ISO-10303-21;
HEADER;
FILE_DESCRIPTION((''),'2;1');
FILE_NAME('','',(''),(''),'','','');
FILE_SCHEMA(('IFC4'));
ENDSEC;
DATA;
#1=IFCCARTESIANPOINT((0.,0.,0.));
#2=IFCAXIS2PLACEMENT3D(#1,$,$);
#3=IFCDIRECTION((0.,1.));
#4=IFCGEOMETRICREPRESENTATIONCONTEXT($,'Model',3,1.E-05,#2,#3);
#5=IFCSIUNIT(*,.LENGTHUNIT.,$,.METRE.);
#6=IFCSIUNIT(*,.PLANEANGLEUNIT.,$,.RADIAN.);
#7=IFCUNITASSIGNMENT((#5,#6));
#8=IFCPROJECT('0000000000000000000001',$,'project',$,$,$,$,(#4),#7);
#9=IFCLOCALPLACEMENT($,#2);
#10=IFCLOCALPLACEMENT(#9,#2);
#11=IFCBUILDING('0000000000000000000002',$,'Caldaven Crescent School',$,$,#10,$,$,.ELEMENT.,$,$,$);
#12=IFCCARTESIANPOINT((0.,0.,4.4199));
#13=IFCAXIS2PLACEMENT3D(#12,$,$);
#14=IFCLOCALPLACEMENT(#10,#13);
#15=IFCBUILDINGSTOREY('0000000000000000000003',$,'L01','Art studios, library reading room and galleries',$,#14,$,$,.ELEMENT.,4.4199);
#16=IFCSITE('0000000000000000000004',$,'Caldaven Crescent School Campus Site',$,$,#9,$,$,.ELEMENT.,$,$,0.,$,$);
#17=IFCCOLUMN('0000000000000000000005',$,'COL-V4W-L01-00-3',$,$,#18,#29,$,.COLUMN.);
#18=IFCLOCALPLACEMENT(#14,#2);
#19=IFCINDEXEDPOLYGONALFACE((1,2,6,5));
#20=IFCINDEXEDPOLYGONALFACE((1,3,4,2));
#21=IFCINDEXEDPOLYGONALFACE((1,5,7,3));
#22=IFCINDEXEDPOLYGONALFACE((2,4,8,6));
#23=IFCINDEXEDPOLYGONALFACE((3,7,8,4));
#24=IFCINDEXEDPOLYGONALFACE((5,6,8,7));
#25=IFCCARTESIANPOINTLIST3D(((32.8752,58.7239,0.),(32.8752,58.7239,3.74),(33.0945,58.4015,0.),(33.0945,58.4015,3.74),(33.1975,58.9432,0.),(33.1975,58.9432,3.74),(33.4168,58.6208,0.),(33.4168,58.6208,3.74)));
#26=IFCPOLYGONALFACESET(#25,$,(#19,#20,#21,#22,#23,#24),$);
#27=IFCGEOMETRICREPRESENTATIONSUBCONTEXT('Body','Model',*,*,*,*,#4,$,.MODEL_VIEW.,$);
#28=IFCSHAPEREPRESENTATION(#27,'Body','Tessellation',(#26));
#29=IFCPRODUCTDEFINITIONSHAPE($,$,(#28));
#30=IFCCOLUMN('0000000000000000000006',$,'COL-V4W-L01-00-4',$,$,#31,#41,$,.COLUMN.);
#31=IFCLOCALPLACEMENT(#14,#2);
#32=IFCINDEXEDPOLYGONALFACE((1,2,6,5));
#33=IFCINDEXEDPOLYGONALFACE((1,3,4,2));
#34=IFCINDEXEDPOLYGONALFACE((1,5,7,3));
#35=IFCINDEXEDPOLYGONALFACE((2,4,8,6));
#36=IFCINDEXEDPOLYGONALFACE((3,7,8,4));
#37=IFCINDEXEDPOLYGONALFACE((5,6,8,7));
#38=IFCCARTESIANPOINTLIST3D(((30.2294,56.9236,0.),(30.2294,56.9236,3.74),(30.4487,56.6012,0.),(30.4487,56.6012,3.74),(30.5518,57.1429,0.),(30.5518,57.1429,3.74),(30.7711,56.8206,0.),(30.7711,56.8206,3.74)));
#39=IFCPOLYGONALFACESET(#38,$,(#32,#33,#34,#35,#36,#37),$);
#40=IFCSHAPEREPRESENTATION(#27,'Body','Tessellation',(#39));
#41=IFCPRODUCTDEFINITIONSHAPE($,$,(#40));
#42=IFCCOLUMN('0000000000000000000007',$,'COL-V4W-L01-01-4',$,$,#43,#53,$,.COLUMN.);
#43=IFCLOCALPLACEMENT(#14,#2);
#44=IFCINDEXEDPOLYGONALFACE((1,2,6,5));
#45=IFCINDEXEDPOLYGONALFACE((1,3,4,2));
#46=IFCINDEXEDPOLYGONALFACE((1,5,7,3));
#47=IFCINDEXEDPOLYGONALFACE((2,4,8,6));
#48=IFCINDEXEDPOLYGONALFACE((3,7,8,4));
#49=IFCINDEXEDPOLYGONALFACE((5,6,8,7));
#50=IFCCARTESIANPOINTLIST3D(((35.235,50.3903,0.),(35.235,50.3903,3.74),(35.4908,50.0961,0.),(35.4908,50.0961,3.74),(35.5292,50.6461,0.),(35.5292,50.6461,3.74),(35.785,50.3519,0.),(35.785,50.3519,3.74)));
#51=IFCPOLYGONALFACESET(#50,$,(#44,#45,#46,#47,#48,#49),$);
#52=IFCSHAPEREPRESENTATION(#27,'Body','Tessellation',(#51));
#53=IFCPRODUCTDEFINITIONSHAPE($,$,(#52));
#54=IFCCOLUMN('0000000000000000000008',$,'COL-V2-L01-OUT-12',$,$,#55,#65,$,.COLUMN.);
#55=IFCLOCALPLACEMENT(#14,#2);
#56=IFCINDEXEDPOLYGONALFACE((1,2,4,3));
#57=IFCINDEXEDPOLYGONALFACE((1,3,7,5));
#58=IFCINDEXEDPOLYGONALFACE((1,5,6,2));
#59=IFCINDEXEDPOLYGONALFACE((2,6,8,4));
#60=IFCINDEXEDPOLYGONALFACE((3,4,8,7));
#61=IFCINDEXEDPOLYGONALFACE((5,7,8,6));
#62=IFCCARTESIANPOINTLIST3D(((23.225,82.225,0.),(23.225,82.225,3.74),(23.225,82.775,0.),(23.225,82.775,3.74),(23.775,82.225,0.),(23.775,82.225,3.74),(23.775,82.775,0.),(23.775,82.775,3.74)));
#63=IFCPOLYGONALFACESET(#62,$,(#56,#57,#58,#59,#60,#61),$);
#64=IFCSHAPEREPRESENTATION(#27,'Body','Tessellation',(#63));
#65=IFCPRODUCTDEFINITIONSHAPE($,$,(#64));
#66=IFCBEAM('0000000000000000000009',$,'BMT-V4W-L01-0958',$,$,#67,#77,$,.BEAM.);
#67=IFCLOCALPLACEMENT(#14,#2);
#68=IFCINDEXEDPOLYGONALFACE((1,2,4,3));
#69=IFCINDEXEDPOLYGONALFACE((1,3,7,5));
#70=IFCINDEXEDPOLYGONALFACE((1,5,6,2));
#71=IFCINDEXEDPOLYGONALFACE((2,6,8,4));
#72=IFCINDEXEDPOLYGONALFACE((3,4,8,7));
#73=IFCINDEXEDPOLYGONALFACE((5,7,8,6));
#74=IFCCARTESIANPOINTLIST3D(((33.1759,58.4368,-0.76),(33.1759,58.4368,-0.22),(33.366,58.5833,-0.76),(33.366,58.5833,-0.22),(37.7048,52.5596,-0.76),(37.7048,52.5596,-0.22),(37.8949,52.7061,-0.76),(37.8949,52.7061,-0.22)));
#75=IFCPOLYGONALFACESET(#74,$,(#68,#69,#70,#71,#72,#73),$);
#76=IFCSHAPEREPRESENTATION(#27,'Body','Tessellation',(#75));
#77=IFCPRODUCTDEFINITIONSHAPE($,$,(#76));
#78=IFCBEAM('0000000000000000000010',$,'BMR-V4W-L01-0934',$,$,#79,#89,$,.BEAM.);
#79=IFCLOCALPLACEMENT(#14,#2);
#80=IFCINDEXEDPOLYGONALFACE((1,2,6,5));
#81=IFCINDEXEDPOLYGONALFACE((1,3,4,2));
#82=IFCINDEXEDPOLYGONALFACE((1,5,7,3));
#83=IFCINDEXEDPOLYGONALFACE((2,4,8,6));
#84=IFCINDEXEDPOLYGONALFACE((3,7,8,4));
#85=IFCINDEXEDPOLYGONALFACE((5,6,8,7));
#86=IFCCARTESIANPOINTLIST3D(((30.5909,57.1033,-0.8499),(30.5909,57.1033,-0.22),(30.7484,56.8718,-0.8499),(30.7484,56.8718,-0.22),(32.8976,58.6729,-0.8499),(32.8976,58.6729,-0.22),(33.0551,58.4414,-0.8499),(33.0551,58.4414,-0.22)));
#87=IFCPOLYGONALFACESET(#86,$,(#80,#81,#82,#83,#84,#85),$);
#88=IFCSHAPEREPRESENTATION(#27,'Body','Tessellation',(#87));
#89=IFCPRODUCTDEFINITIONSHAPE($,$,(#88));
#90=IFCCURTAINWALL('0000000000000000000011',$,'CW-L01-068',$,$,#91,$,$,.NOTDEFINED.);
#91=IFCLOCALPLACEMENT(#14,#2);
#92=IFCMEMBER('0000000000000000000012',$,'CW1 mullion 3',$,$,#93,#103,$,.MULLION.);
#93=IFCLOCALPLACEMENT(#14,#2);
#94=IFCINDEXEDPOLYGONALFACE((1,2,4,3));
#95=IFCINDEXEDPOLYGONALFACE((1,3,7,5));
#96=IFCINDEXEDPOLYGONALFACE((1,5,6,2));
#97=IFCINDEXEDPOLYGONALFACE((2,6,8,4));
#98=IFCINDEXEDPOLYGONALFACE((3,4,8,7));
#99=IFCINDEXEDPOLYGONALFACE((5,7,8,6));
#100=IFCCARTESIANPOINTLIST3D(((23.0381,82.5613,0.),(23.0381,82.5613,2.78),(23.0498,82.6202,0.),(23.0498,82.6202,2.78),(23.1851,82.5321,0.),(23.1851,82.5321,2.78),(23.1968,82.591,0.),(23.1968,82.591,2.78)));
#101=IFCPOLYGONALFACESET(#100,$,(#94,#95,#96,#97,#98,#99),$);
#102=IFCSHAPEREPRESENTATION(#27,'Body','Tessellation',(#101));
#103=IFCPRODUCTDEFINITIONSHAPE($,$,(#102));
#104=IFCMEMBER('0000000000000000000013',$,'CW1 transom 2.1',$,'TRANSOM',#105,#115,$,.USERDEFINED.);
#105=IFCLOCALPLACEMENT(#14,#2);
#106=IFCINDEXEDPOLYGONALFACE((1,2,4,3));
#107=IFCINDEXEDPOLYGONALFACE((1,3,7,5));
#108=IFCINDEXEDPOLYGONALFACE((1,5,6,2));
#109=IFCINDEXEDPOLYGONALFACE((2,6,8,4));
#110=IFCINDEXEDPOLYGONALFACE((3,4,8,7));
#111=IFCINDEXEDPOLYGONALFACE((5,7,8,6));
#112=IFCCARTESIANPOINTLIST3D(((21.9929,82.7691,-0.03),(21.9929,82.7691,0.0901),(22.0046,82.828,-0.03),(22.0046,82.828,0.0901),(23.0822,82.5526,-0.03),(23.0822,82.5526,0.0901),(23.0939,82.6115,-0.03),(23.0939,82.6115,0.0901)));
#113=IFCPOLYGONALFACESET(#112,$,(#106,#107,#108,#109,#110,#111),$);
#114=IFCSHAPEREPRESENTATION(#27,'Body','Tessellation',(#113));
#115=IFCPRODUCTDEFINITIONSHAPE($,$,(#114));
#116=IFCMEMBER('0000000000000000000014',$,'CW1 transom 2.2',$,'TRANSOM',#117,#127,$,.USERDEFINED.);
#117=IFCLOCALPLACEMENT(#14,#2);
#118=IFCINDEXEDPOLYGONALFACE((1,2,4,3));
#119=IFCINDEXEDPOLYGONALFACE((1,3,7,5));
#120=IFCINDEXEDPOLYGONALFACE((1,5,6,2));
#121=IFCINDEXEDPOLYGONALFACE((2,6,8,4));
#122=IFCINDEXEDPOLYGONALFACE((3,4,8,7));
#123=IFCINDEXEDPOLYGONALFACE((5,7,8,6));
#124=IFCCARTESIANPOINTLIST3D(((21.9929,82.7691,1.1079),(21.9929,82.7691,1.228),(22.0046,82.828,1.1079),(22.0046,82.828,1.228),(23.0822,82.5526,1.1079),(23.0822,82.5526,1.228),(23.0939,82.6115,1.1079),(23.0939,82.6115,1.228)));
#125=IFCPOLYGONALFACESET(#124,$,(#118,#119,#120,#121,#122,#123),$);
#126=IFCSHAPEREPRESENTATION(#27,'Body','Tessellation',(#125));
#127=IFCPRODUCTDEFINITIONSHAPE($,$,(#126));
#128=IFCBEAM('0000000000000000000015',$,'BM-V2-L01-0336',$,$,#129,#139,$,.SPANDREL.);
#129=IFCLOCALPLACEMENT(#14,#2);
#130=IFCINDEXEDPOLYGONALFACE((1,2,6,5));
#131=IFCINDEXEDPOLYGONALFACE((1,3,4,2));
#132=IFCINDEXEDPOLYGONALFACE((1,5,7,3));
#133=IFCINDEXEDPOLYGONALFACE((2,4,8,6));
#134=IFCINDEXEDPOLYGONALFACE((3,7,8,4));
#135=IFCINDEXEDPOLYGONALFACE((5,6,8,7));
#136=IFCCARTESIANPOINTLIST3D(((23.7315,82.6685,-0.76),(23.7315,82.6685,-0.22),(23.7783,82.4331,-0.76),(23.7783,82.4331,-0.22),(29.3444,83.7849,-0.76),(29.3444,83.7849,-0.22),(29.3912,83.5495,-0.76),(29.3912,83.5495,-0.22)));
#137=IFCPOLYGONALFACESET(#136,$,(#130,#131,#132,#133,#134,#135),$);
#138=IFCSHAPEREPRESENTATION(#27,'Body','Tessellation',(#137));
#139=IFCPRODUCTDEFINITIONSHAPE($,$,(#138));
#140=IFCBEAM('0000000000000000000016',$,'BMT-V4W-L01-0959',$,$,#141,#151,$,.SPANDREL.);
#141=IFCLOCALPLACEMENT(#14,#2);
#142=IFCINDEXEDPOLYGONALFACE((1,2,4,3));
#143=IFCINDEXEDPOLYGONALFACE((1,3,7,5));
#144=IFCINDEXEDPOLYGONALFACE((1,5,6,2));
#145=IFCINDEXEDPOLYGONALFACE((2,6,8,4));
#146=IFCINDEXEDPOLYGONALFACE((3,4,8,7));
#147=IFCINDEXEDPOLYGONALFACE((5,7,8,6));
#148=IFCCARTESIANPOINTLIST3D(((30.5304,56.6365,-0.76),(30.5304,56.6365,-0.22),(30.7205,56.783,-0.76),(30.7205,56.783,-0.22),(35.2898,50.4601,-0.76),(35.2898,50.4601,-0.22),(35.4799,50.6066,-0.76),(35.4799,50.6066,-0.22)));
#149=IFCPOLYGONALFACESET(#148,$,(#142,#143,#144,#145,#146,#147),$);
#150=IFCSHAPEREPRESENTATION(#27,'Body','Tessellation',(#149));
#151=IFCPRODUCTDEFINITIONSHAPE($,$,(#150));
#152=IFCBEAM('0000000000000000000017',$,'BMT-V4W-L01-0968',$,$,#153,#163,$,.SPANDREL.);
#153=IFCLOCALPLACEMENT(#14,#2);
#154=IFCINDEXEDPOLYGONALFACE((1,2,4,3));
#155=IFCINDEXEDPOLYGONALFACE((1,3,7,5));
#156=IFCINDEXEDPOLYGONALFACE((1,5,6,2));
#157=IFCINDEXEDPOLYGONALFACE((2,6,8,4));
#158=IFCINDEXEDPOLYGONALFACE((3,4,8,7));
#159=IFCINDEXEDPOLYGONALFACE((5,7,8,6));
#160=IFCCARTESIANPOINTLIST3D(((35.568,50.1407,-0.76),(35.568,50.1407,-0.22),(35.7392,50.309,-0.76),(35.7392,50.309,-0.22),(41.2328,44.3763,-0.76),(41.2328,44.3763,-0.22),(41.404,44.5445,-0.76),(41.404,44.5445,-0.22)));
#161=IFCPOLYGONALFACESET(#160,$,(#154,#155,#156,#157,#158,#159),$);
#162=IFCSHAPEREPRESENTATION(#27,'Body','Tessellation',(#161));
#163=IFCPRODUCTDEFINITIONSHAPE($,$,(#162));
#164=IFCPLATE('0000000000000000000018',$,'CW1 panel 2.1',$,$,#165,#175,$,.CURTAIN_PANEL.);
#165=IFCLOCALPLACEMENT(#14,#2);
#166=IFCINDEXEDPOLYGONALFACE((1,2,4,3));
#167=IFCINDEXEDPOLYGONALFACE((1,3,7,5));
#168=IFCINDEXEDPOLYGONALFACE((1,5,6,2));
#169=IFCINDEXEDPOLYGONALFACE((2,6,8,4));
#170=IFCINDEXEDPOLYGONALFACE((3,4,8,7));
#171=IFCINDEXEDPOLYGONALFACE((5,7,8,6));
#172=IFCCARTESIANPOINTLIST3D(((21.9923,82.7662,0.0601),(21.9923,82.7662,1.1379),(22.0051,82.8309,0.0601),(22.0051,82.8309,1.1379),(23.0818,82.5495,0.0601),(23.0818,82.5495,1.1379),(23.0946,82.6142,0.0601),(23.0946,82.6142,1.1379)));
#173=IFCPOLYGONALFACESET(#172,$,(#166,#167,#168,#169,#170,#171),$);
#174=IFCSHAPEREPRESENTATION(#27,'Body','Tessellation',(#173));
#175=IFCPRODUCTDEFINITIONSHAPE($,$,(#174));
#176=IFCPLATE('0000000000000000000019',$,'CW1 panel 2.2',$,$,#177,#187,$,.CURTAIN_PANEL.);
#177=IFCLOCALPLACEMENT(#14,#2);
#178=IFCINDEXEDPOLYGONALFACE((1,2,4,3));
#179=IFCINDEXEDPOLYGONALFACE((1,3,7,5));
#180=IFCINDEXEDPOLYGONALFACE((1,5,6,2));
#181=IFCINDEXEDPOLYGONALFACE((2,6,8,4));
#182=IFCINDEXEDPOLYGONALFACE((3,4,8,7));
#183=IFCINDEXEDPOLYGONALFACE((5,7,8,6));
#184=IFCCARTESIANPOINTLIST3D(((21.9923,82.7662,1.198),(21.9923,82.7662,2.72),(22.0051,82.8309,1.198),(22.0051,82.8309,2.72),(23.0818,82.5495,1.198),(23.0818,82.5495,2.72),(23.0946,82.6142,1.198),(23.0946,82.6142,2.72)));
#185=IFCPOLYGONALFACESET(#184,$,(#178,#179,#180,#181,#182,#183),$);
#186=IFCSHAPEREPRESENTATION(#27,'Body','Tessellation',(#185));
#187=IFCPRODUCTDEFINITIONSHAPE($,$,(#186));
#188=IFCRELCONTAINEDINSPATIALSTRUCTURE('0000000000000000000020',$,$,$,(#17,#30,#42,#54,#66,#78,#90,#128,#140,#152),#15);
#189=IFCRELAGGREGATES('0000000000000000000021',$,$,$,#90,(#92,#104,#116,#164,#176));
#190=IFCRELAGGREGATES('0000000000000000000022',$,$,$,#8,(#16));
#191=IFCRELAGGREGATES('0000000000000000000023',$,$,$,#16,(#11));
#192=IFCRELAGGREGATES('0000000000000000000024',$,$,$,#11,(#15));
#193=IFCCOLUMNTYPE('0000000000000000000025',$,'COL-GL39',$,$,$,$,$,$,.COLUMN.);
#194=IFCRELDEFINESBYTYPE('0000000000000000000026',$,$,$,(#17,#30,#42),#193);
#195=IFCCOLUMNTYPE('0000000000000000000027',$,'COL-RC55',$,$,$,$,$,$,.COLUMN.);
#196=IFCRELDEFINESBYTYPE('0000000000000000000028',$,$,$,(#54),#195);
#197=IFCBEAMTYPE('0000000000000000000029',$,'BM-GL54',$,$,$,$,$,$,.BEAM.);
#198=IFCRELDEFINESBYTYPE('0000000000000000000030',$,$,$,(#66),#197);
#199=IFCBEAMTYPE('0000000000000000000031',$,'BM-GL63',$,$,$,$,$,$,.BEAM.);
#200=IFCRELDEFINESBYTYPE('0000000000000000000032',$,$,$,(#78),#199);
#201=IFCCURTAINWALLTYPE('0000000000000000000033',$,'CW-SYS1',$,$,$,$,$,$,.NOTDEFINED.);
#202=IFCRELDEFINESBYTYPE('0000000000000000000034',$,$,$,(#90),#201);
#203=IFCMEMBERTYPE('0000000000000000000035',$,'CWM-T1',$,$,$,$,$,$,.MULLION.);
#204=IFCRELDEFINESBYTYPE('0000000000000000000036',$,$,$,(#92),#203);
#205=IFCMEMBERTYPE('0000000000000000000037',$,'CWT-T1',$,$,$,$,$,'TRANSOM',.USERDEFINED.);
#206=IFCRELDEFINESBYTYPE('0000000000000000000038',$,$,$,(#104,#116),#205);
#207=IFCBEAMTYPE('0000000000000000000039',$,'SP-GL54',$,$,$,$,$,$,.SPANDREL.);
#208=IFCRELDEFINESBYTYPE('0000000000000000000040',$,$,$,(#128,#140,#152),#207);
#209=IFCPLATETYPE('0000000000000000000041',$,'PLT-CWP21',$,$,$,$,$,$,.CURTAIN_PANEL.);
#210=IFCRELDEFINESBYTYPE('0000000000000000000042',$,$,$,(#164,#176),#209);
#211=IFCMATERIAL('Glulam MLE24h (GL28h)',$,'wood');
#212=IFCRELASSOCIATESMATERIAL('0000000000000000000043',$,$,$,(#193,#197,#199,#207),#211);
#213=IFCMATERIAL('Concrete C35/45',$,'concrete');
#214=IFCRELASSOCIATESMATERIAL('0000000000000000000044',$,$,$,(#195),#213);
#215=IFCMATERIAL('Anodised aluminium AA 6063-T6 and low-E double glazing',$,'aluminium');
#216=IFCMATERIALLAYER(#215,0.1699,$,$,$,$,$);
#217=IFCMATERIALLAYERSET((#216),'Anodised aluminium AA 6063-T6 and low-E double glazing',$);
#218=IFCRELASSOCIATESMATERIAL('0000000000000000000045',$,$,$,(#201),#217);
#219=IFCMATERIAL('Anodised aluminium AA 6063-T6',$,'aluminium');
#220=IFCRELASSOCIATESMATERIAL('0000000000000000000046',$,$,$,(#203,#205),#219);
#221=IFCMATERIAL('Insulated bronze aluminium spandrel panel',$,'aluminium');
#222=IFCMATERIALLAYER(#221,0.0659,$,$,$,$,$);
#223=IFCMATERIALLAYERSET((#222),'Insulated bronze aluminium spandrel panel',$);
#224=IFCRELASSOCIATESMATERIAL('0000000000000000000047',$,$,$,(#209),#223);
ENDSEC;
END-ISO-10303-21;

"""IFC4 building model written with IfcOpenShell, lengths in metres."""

from ifc_helpers import new_model, si_unit, direction, frame, origin, origin_2d, place, context, subcontext, project, spatial, rectangle, extrude, material, layer, layer_set, material_profile, profile_set, type_object, element, aggregate, save


model = new_model("IFC4")

# Units and contexts
model_context = context("Model", 3, precision=1e-05, world=origin(), true_north=direction((0.0, 1.0)))
body_context = subcontext(model_context, "Body", "Model", "MODEL_VIEW")
ifc_project = project(units=[si_unit("LENGTHUNIT", "METRE"), si_unit("PLANEANGLEUNIT", "RADIAN")], contexts=[model_context])

# Site, building, storey
site_placement = place(None, origin())
site = spatial("IfcSite", under=ifc_project, at=site_placement, Name="Caldaven Crescent School Campus Site", CompositionType="ELEMENT", RefElevation=0.0)
building_placement = place(site_placement, origin())
building = spatial("IfcBuilding", under=site, at=building_placement, Name="Caldaven Crescent School", CompositionType="ELEMENT")
storey_placement = place(building_placement, frame((0.0, 0.0, 4.4199)))
storey = spatial("IfcBuildingStorey", under=building, at=storey_placement, Name="L01", Description="Art studios, library reading room and galleries", CompositionType="ELEMENT", Elevation=4.4199)

# Columns
ifc_material_1 = material(Name="Glulam MLE24h (GL28h)", Category="wood")
ifc_material_profile_1 = material_profile(ifc_material_1, rectangle(XDim=0.3899, YDim=0.3899, at=origin_2d()), Name="MLE 390x390")
ifc_profile_set_1 = profile_set([ifc_material_profile_1], Name="Glulam MLE24h (GL28h)")
column_type_1 = type_object("IfcColumnType", Name="COL-GL39", PredefinedType="COLUMN", material=ifc_profile_set_1)
for number, where, z_axis, x_axis, name in (
    (1, (33.146, 58.6724, 0.0), (0.0, 0.0, 1.0), (-0.826786, -0.562516, 0.0), "COL-V4W-L01-00-3"),
    (2, (30.5002, 56.8721, 0.0), (0.0, 0.0, 1.0), (-0.826786, -0.562516, 0.0), "COL-V4W-L01-00-4"),
    (3, (35.51, 50.3711, 0.0), (0.0, 0.0, 1.0), (-0.75471, -0.656059, 0.0), "COL-V4W-L01-01-4"),
):
    element("IfcColumn", number, at=place(storey_placement, frame(where, z_axis=z_axis, x_axis=x_axis)), inside=storey, type_object=column_type_1, Name=name, PredefinedType="COLUMN", context=body_context, shape_type="SweptSolid", body=[
        extrude(rectangle(XDim=0.3899, YDim=0.3899, at=origin_2d()), origin(), (0.0, 0.0, 1.0), 3.74),
    ])
ifc_material_2 = material(Name="Concrete C35/45", Category="concrete")
ifc_material_profile_2 = material_profile(ifc_material_2, rectangle(XDim=0.55, YDim=0.55, at=origin_2d()), Name="RC 550x550")
ifc_profile_set_2 = profile_set([ifc_material_profile_2], Name="Concrete C35/45")
column_type_2 = type_object("IfcColumnType", Name="COL-RC55", PredefinedType="COLUMN", material=ifc_profile_set_2)
column_placement = place(storey_placement, frame((23.5, 82.5, 0.0), z_axis=(0.0, 0.0, 1.0), x_axis=(0.0, -1.0, 0.0)))
element("IfcColumn", 4, at=column_placement, inside=storey, type_object=column_type_2, Name="COL-V2-L01-OUT-12", PredefinedType="COLUMN", context=body_context, shape_type="SweptSolid", body=[
    extrude(rectangle(XDim=0.55, YDim=0.55, at=origin_2d()), origin(), (0.0, 0.0, 1.0), 3.74),
])

# Beams
ifc_material_profile_3 = material_profile(ifc_material_1, rectangle(XDim=0.24, YDim=0.54, at=origin_2d()), Name="MLE 240x540")
ifc_profile_set_3 = profile_set([ifc_material_profile_3], Name="Glulam MLE24h (GL28h)")
beam_type_1 = type_object("IfcBeamType", Name="BM-GL54", PredefinedType="BEAM", material=ifc_profile_set_3)
beam_1_placement = place(storey_placement, frame((33.271, 58.51, -0.49), z_axis=(0.610378, -0.79211, 0.0), x_axis=(0.79211, 0.610378, 0.0)))
element("IfcBeam", 5, at=beam_1_placement, inside=storey, type_object=beam_type_1, Name="BMT-V4W-L01-0958", PredefinedType="BEAM", context=body_context, shape_type="SweptSolid", body=[
    extrude(rectangle(XDim=0.24, YDim=0.54, at=origin_2d()), origin(), (0.0, 0.0, 1.0), 7.4197),
])
ifc_material_profile_4 = material_profile(ifc_material_1, rectangle(XDim=0.28, YDim=0.6299, at=origin_2d()), Name="MLE 280x630")
ifc_profile_set_4 = profile_set([ifc_material_profile_4], Name="Glulam MLE24h (GL28h)")
beam_type_2 = type_object("IfcBeamType", Name="BM-GL63", PredefinedType="BEAM", material=ifc_profile_set_4)
beam_2_placement = place(storey_placement, frame((32.9763, 58.5571, -0.5349), z_axis=(-0.826749, -0.562571, 0.0), x_axis=(0.562571, -0.826749, 0.0)))
element("IfcBeam", 6, at=beam_2_placement, inside=storey, type_object=beam_type_2, Name="BMR-V4W-L01-0934", PredefinedType="BEAM", context=body_context, shape_type="SweptSolid", body=[
    extrude(rectangle(XDim=0.28, YDim=0.6299, at=origin_2d()), origin(), (0.0, 0.0, 1.0), 2.79),
])

# Curtain wall, members
ifc_material_3 = material(Name="Anodised aluminium AA 6063-T6 and low-E double glazing", Category="aluminium")
ifc_layer_1 = layer(ifc_material_3, 0.1699)
ifc_layer_set_1 = layer_set([ifc_layer_1], Name="Anodised aluminium AA 6063-T6 and low-E double glazing")
curtain_wall_type = type_object("IfcCurtainWallType", Name="CW-SYS1", PredefinedType="NOTDEFINED", material=ifc_layer_set_1)
curtain_wall_placement = place(storey_placement, origin())
curtain_wall = element("IfcCurtainWall", 7, at=curtain_wall_placement, inside=storey, type_object=curtain_wall_type, Name="CW-L01-068", PredefinedType="NOTDEFINED")
ifc_material_4 = material(Name="Anodised aluminium AA 6063-T6", Category="aluminium")
ifc_material_profile_5 = material_profile(ifc_material_4, rectangle(XDim=0.0601, YDim=0.1499, at=origin_2d()), Name="CWM 60x150")
ifc_profile_set_5 = profile_set([ifc_material_profile_5], Name="Anodised aluminium AA 6063-T6")
member_type_1 = type_object("IfcMemberType", Name="CWM-T1", PredefinedType="MULLION", material=ifc_profile_set_5)
member_1_placement = place(storey_placement, frame((23.1174, 82.5762, 0.0), z_axis=(0.0, 0.0, 1.0), x_axis=(0.195091, 0.980785, 0.0)))
member_1 = element("IfcMember", 8, at=member_1_placement, type_object=member_type_1, Name="CW1 mullion 3", PredefinedType="MULLION", context=body_context, shape_type="SweptSolid", body=[
    extrude(rectangle(XDim=0.0601, YDim=0.1499, at=origin_2d()), origin(), (0.0, 0.0, 1.0), 2.78),
])
ifc_material_profile_6 = material_profile(ifc_material_4, rectangle(XDim=0.0601, YDim=0.1201, at=origin_2d()), Name="CWT 60x120")
ifc_profile_set_6 = profile_set([ifc_material_profile_6], Name="Anodised aluminium AA 6063-T6")
member_type_2 = type_object("IfcMemberType", Name="CWT-T1", ElementType="TRANSOM", PredefinedType="USERDEFINED", material=ifc_profile_set_6)
member_2_placement = place(storey_placement, frame((21.9988, 82.7986, 0.03), z_axis=(0.980808, -0.194975, 0.0), x_axis=(0.194975, 0.980808, 0.0)))
member_2 = element("IfcMember", 9, at=member_2_placement, type_object=member_type_2, Name="CW1 transom 2.1", ObjectType="TRANSOM", PredefinedType="USERDEFINED", context=body_context, shape_type="SweptSolid", body=[
    extrude(rectangle(XDim=0.0601, YDim=0.1201, at=origin_2d()), origin(), (0.0, 0.0, 1.0), 1.1106),
])
member_3_placement = place(storey_placement, frame((21.9988, 82.7986, 1.168), z_axis=(0.980808, -0.194975, 0.0), x_axis=(0.194975, 0.980808, 0.0)))
member_3 = element("IfcMember", 10, at=member_3_placement, type_object=member_type_2, Name="CW1 transom 2.2", ObjectType="TRANSOM", PredefinedType="USERDEFINED", context=body_context, shape_type="SweptSolid", body=[
    extrude(rectangle(XDim=0.0601, YDim=0.1201, at=origin_2d()), origin(), (0.0, 0.0, 1.0), 1.1106),
])

# Beams
ifc_material_profile_7 = material_profile(ifc_material_1, rectangle(XDim=0.24, YDim=0.54, at=origin_2d()), Name="MLE 240x540")
ifc_profile_set_7 = profile_set([ifc_material_profile_7], Name="Glulam MLE24h (GL28h)")
beam_type_3 = type_object("IfcBeamType", Name="SP-GL54", PredefinedType="SPANDREL", material=ifc_profile_set_7)
beam_3_placement = place(storey_placement, frame((23.7549, 82.5508, -0.49), z_axis=(0.980787, 0.195082, 0.0), x_axis=(-0.195082, 0.980787, 0.0)))
element("IfcBeam", 11, at=beam_3_placement, inside=storey, type_object=beam_type_3, Name="BM-V2-L01-0336", PredefinedType="SPANDREL", context=body_context, shape_type="SweptSolid", body=[
    extrude(rectangle(XDim=0.24, YDim=0.54, at=origin_2d()), origin(), (0.0, 0.0, 1.0), 5.7229),
])
beam_4_placement = place(storey_placement, frame((30.6255, 56.7097, -0.49), z_axis=(0.610379, -0.792109, 0.0), x_axis=(0.792109, 0.610379, 0.0)))
element("IfcBeam", 12, at=beam_4_placement, inside=storey, type_object=beam_type_3, Name="BMT-V4W-L01-0959", PredefinedType="SPANDREL", context=body_context, shape_type="SweptSolid", body=[
    extrude(rectangle(XDim=0.24, YDim=0.54, at=origin_2d()), origin(), (0.0, 0.0, 1.0), 7.7974),
])
beam_5_placement = place(storey_placement, frame((35.6536, 50.2249, -0.49), z_axis=(0.700917, -0.713242, 0.0), x_axis=(0.713242, 0.700917, 0.0)))
element("IfcBeam", 13, at=beam_5_placement, inside=storey, type_object=beam_type_3, Name="BMT-V4W-L01-0968", PredefinedType="SPANDREL", context=body_context, shape_type="SweptSolid", body=[
    extrude(rectangle(XDim=0.24, YDim=0.54, at=origin_2d()), origin(), (0.0, 0.0, 1.0), 8.082),
])

# Plates
ifc_material_5 = material(Name="Insulated bronze aluminium spandrel panel", Category="aluminium")
ifc_layer_2 = layer(ifc_material_5, 0.0659)
ifc_layer_set_2 = layer_set([ifc_layer_2], Name="Insulated bronze aluminium spandrel panel")
plate_type = type_object("IfcPlateType", Name="PLT-CWP21", PredefinedType="CURTAIN_PANEL", material=ifc_layer_set_2)
plate_1_placement = place(storey_placement, frame((22.5435, 82.6902, 0.0601), z_axis=(0.0, 0.0, 1.0), x_axis=(0.980785, -0.195091, 0.0)))
plate_1 = element("IfcPlate", 14, at=plate_1_placement, type_object=plate_type, Name="CW1 panel 2.1", PredefinedType="CURTAIN_PANEL", context=body_context, shape_type="SweptSolid", body=[
    extrude(rectangle(XDim=1.1108, YDim=0.0659, at=origin_2d()), origin(), (0.0, 0.0, 1.0), 1.0779),
])
plate_2_placement = place(storey_placement, frame((22.5435, 82.6902, 1.198), z_axis=(0.0, 0.0, 1.0), x_axis=(0.980785, -0.195091, 0.0)))
plate_2 = element("IfcPlate", 15, at=plate_2_placement, type_object=plate_type, Name="CW1 panel 2.2", PredefinedType="CURTAIN_PANEL", context=body_context, shape_type="SweptSolid", body=[
    extrude(rectangle(XDim=1.1108, YDim=0.0659, at=origin_2d()), origin(), (0.0, 0.0, 1.0), 1.522),
])
aggregate(curtain_wall, [member_1, member_2, member_3, plate_1, plate_2])

save(model, "model.ifc")
